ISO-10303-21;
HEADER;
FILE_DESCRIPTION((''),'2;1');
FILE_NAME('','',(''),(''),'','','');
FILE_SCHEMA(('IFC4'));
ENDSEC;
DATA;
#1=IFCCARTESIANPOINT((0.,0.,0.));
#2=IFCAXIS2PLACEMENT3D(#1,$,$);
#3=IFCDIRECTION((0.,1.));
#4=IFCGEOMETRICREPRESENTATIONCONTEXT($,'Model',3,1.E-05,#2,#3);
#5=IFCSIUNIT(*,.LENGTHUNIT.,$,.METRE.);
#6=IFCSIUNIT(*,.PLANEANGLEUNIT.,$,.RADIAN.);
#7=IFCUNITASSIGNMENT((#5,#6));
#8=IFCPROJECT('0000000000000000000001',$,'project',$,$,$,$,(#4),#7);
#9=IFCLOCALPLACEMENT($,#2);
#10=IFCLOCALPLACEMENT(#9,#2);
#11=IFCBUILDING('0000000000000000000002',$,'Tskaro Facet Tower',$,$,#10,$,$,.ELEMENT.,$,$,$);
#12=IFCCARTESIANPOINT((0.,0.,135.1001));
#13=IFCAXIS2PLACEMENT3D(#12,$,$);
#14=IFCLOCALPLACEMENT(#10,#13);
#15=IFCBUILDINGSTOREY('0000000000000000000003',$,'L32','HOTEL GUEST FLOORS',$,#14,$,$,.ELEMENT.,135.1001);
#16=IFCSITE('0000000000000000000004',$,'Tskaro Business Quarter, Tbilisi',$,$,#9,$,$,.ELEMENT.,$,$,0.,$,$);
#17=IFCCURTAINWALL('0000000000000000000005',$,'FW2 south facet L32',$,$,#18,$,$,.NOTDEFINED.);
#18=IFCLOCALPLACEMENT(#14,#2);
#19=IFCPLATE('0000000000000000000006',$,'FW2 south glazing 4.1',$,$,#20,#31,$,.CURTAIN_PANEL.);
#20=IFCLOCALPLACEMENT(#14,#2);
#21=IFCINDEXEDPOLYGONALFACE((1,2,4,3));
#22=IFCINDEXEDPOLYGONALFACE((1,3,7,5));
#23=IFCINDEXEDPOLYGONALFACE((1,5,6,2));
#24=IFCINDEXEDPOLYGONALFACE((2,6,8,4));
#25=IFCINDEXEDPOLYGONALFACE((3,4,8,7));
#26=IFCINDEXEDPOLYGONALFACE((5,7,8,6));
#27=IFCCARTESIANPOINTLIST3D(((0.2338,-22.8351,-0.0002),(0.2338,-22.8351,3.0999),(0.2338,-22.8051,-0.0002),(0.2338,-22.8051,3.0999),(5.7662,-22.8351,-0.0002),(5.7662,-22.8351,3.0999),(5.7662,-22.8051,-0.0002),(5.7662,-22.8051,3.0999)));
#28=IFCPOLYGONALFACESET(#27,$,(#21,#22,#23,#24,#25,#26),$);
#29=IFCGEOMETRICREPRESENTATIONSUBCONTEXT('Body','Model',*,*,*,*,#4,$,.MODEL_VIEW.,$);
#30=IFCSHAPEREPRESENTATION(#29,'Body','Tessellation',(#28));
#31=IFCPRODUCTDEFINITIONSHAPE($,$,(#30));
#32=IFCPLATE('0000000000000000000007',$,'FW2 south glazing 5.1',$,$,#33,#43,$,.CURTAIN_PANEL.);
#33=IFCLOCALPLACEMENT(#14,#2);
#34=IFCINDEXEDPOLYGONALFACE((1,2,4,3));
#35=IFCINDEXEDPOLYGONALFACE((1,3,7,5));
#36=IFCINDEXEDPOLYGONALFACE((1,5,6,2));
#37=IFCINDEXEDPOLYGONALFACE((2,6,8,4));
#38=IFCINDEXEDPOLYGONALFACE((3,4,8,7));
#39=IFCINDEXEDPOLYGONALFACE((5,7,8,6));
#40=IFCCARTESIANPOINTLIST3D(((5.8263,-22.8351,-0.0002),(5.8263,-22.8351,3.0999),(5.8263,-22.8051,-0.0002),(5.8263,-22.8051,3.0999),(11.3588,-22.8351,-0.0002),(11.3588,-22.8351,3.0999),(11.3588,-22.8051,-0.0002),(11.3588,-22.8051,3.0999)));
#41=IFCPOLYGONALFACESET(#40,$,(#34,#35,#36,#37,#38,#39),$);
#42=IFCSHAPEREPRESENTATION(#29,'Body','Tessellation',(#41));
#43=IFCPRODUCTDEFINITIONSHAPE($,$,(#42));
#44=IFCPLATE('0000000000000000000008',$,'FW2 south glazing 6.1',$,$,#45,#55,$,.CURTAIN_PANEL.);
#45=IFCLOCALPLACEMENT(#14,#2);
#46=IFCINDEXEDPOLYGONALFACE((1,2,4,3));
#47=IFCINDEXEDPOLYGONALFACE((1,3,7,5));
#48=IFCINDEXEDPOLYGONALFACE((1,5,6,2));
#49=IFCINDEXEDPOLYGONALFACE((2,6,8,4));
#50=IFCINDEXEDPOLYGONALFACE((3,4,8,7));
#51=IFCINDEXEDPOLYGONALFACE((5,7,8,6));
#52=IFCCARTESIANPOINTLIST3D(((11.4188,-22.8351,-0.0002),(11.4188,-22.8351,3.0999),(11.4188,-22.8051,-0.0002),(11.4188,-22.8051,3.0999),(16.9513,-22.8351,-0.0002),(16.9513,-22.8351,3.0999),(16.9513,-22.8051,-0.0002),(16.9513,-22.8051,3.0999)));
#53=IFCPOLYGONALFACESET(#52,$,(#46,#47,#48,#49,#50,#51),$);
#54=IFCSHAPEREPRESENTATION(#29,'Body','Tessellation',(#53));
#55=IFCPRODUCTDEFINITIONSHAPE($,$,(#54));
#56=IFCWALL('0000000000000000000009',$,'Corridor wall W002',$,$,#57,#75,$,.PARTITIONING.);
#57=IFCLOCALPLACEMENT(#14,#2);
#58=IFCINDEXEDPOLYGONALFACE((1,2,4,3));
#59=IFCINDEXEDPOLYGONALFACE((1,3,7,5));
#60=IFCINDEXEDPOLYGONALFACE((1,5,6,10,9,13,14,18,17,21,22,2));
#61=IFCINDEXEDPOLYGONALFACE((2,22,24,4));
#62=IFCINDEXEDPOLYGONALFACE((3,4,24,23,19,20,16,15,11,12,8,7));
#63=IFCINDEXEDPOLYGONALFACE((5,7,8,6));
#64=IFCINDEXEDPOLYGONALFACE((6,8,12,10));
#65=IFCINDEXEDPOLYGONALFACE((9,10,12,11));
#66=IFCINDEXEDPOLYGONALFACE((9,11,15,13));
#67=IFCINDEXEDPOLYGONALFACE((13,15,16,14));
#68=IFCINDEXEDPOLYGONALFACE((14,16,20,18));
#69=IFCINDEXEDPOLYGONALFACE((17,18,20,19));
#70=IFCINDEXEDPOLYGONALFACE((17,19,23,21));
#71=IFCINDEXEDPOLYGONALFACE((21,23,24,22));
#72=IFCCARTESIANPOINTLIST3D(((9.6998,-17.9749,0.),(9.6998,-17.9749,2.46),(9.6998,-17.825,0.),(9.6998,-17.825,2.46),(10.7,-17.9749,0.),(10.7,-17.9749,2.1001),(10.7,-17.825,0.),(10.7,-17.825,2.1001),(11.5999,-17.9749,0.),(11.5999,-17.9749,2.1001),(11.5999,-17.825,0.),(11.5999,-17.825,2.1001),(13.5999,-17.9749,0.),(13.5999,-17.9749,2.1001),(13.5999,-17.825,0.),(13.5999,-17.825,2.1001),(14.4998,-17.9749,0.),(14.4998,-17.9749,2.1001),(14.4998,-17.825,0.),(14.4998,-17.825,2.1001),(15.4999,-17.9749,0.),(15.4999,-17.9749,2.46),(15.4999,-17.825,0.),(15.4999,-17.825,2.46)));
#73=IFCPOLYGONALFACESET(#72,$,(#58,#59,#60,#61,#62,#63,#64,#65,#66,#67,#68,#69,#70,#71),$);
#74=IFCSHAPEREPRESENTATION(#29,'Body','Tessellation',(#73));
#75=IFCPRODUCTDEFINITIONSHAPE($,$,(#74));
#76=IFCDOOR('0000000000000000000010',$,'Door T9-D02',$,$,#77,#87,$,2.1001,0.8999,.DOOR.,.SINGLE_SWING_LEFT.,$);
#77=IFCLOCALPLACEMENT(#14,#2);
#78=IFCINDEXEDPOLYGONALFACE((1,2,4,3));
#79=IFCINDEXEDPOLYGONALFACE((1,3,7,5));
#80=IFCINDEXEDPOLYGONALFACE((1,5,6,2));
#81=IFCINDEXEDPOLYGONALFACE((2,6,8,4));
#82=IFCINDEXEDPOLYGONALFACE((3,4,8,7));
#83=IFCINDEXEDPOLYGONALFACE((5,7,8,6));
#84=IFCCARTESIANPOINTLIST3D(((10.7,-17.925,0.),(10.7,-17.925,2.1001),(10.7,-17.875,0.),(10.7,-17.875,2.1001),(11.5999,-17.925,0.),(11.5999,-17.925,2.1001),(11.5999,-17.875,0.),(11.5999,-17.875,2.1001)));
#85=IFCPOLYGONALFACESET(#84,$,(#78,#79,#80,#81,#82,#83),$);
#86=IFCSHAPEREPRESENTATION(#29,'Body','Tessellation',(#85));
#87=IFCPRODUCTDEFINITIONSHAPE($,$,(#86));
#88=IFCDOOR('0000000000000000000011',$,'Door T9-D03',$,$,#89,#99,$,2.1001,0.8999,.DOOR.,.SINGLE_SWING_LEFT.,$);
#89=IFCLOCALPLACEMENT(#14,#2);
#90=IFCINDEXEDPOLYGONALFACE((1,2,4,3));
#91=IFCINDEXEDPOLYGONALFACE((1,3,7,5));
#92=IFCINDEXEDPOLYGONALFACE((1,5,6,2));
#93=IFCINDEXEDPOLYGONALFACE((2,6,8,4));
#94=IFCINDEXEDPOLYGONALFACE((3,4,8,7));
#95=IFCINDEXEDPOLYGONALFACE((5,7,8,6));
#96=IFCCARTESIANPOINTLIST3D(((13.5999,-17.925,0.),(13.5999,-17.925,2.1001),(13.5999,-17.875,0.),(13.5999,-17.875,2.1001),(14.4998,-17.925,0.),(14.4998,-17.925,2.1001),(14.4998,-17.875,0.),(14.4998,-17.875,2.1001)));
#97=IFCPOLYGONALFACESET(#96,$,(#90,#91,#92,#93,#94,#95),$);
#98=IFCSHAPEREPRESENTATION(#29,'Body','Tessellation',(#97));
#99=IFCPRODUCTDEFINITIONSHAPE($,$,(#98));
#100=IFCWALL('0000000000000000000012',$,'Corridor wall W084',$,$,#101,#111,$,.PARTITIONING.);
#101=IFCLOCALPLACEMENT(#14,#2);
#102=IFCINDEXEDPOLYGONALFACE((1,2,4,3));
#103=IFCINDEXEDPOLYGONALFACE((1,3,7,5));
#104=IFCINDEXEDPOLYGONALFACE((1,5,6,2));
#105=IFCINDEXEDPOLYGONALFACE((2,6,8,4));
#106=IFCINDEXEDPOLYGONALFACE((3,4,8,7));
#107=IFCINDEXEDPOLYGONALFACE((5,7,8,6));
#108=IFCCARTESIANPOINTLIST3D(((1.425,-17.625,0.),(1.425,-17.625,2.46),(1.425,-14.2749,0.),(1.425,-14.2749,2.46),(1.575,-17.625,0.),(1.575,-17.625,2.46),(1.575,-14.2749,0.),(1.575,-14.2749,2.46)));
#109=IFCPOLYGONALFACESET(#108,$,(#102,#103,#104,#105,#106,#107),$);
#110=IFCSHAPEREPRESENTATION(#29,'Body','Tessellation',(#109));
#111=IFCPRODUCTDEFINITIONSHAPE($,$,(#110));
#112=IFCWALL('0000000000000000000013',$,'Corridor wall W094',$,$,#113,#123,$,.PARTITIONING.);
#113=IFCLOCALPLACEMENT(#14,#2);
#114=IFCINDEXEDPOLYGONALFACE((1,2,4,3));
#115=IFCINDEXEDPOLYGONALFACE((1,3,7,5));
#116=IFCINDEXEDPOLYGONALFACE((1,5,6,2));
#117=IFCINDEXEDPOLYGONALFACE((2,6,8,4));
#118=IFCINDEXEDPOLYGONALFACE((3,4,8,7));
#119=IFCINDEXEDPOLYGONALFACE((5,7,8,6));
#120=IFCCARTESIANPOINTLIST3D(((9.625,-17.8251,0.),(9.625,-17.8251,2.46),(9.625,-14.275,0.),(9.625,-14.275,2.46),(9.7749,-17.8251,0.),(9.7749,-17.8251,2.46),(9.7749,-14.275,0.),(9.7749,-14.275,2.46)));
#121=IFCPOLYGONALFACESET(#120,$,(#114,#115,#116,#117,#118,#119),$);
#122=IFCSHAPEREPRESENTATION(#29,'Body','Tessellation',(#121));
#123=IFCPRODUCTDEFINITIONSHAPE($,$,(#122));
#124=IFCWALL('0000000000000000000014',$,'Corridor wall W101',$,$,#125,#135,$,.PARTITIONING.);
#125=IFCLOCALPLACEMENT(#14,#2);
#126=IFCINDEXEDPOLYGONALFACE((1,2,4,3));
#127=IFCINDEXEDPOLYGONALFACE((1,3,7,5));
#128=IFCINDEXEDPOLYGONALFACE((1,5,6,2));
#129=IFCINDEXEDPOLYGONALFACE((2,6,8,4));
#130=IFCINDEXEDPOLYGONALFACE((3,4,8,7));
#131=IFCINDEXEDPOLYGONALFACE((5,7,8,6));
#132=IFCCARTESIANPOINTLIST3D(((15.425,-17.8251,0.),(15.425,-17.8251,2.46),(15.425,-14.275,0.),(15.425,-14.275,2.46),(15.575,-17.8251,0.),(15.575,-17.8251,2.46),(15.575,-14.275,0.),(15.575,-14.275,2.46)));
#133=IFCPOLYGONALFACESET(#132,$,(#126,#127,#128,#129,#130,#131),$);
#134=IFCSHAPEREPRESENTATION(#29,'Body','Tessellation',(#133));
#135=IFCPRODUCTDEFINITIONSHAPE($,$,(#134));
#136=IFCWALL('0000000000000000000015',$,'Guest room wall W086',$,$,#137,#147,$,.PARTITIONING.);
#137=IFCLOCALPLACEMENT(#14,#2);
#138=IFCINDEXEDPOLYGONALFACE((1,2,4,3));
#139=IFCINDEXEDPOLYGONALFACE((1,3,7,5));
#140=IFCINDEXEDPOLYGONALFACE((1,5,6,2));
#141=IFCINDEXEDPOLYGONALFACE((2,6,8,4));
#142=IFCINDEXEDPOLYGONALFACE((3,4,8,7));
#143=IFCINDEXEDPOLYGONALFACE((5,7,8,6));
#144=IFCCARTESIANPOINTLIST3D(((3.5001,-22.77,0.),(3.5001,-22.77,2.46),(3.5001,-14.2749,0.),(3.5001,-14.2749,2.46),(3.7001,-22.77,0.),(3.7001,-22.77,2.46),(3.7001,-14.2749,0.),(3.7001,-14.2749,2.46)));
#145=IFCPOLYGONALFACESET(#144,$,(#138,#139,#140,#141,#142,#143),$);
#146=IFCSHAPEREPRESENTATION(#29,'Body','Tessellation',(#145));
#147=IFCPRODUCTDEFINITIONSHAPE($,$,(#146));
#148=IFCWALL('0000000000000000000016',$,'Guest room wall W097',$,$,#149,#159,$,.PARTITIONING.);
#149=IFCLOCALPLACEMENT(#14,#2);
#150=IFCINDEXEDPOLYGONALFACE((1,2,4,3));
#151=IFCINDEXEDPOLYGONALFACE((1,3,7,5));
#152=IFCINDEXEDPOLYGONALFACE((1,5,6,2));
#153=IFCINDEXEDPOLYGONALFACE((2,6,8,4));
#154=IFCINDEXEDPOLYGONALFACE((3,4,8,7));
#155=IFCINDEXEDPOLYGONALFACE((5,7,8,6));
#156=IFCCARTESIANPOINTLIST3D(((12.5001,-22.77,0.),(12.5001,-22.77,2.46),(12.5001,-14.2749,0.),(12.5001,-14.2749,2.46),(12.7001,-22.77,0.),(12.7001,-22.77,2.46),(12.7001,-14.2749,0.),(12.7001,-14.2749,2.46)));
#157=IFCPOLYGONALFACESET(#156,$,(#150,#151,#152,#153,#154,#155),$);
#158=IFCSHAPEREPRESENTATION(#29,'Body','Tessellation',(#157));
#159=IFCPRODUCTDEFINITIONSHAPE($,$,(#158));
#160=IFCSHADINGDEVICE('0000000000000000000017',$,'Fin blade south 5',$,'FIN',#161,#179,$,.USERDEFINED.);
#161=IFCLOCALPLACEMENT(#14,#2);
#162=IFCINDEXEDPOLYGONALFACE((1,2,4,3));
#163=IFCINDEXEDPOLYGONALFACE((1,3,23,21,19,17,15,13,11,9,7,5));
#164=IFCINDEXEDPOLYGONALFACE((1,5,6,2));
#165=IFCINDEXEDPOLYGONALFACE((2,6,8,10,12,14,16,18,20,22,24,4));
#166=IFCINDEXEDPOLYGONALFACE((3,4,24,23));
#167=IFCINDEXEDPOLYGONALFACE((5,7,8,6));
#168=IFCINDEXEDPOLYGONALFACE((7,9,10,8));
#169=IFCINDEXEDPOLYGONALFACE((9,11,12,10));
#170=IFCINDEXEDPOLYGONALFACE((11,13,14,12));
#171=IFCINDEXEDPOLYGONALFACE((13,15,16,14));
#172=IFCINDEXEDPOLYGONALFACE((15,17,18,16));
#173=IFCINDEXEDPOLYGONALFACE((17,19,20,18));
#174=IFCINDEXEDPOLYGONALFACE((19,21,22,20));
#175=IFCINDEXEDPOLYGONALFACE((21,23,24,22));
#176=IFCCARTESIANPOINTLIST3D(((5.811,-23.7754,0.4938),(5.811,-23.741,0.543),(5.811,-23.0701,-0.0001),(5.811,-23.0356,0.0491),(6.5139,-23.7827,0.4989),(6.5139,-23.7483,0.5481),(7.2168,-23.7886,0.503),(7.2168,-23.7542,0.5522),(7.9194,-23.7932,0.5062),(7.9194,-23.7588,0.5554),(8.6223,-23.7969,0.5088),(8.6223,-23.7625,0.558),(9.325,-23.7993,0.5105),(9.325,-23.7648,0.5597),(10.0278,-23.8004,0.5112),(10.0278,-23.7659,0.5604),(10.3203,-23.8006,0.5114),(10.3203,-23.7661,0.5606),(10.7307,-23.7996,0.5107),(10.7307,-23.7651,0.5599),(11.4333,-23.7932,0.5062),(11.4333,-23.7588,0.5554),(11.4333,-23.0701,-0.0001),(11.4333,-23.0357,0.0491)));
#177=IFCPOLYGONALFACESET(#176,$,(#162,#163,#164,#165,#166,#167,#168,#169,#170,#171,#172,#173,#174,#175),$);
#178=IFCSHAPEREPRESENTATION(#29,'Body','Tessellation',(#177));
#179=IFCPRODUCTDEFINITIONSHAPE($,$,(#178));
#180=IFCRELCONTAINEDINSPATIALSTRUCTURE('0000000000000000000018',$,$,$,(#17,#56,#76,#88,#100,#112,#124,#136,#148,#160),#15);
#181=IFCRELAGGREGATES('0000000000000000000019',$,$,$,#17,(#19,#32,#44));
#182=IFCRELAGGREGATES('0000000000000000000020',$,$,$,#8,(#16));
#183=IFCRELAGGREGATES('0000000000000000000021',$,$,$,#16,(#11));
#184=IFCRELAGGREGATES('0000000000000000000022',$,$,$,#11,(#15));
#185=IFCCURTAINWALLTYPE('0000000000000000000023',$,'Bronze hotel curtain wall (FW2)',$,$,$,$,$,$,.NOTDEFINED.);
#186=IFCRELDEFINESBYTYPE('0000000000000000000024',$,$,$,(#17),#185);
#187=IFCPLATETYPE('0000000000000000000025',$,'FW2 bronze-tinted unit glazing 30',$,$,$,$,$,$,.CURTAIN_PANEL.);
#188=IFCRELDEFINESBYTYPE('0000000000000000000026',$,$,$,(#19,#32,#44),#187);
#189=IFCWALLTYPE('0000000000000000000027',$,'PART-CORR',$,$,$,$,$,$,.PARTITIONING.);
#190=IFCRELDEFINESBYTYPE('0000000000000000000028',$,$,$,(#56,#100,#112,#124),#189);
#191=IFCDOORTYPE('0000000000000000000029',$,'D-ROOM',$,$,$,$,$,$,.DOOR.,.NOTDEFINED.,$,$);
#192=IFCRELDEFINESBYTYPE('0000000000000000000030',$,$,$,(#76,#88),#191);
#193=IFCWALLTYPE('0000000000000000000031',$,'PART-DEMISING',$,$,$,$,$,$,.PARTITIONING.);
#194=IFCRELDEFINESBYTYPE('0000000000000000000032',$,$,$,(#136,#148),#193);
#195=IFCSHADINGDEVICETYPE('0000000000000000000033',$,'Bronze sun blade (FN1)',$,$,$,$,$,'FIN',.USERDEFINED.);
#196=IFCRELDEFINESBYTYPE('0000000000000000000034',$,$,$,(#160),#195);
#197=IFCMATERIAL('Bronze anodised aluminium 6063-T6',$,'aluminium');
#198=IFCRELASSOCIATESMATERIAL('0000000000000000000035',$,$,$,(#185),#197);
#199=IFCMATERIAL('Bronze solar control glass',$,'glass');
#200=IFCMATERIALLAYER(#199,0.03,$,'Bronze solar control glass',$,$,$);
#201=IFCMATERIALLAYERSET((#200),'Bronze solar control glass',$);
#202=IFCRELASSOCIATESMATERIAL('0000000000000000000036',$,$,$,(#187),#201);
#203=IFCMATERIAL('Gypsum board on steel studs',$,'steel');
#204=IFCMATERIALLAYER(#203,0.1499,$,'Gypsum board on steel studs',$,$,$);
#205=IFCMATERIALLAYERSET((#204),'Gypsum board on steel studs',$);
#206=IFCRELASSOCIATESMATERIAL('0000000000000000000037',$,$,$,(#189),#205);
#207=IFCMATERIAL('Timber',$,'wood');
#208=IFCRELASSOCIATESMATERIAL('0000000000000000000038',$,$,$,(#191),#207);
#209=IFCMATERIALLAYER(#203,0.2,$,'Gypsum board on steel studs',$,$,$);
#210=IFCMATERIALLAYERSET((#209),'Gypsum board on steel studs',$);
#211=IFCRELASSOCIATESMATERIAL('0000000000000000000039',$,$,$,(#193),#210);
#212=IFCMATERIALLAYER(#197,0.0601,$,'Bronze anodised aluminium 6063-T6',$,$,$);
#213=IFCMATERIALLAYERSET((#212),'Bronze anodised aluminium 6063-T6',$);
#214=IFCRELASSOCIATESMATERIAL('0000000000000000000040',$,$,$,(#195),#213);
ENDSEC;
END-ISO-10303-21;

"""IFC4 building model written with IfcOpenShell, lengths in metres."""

from ifc_helpers import new_model, si_unit, direction, frame, frame_2d, origin, origin_2d, place, context, subcontext, project, spatial, polyline, rectangle, outline, extrude, material, layer, layer_set, type_object, element, fill, aggregate, save


model = new_model("IFC4")

# Units and contexts
model_context = context("Model", 3, precision=1e-05, world=origin(), true_north=direction((0.0, 1.0)))
body_context = subcontext(model_context, "Body", "Model", "MODEL_VIEW")
ifc_project = project(units=[si_unit("LENGTHUNIT", "METRE"), si_unit("PLANEANGLEUNIT", "RADIAN")], contexts=[model_context])

# Site, building, storey
site_placement = place(None, origin())
site = spatial("IfcSite", under=ifc_project, at=site_placement, Name="Tskaro Business Quarter, Tbilisi", CompositionType="ELEMENT", RefElevation=0.0)
building_placement = place(site_placement, origin())
building = spatial("IfcBuilding", under=site, at=building_placement, Name="Tskaro Facet Tower", CompositionType="ELEMENT")
storey_placement = place(building_placement, frame((0.0, 0.0, 135.1001)))
storey = spatial("IfcBuildingStorey", under=building, at=storey_placement, Name="L32", Description="HOTEL GUEST FLOORS", CompositionType="ELEMENT", Elevation=135.1001)

# Curtain wall
ifc_material_1 = material(Name="Bronze anodised aluminium 6063-T6", Category="aluminium")
curtain_wall_type = type_object("IfcCurtainWallType", Name="Bronze hotel curtain wall (FW2)", PredefinedType="NOTDEFINED", material=ifc_material_1)
curtain_wall_placement = place(storey_placement, origin())
curtain_wall = element("IfcCurtainWall", 1, at=curtain_wall_placement, inside=storey, type_object=curtain_wall_type, Name="FW2 south facet L32", PredefinedType="NOTDEFINED")

# Plates
ifc_material_2 = material(Name="Bronze solar control glass", Category="glass")
ifc_layer_1 = layer(ifc_material_2, 0.03, Name="Bronze solar control glass")
ifc_layer_set_1 = layer_set([ifc_layer_1], Name="Bronze solar control glass")
plate_type = type_object("IfcPlateType", Name="FW2 bronze-tinted unit glazing 30", PredefinedType="CURTAIN_PANEL", material=ifc_layer_set_1)
plate_1_placement = place(storey_placement, frame((3.0, -22.8201, -0.0002), z_axis=(0.0, 0.0, 1.0), x_axis=(1.0, 0.0, 0.0)))
plate_1 = element("IfcPlate", 2, at=plate_1_placement, type_object=plate_type, Name="FW2 south glazing 4.1", PredefinedType="CURTAIN_PANEL", context=body_context, shape_type="SweptSolid", body=[
    extrude(rectangle(XDim=5.5325, YDim=0.03, at=origin_2d()), origin(), (0.0, 0.0, 1.0), 3.1001),
])
plate_2_placement = place(storey_placement, frame((8.5925, -22.8201, -0.0002), z_axis=(0.0, 0.0, 1.0), x_axis=(1.0, 0.0, 0.0)))
plate_2 = element("IfcPlate", 3, at=plate_2_placement, type_object=plate_type, Name="FW2 south glazing 5.1", PredefinedType="CURTAIN_PANEL", context=body_context, shape_type="SweptSolid", body=[
    extrude(rectangle(XDim=5.5325, YDim=0.03, at=origin_2d()), origin(), (0.0, 0.0, 1.0), 3.1001),
])
plate_3_placement = place(storey_placement, frame((14.1851, -22.8201, -0.0002), z_axis=(0.0, 0.0, 1.0), x_axis=(1.0, 0.0, 0.0)))
plate_3 = element("IfcPlate", 4, at=plate_3_placement, type_object=plate_type, Name="FW2 south glazing 6.1", PredefinedType="CURTAIN_PANEL", context=body_context, shape_type="SweptSolid", body=[
    extrude(rectangle(XDim=5.5325, YDim=0.03, at=origin_2d()), origin(), (0.0, 0.0, 1.0), 3.1001),
])
aggregate(curtain_wall, [plate_1, plate_2, plate_3])

# Wall, openings, doors
ifc_material_3 = material(Name="Gypsum board on steel studs", Category="steel")
ifc_layer_2 = layer(ifc_material_3, 0.1499, Name="Gypsum board on steel studs")
ifc_layer_set_2 = layer_set([ifc_layer_2], Name="Gypsum board on steel studs")
wall_type_1 = type_object("IfcWallType", Name="PART-CORR", PredefinedType="PARTITIONING", material=ifc_layer_set_2)
wall_1_placement = place(storey_placement, frame((9.7, -17.8999, 0.0), z_axis=(0.0, 0.0, 1.0), x_axis=(1.0, 0.0, 0.0)))
wall_1 = element("IfcWall", 5, at=wall_1_placement, inside=storey, type_object=wall_type_1, Name="Corridor wall W002", PredefinedType="PARTITIONING", context=body_context, shape_type="SweptSolid", body=[
    extrude(rectangle(XDim=5.8, YDim=0.1499, at=frame_2d((2.8999, 0.0))), origin(), (0.0, 0.0, 1.0), 2.46),
])
opening_1_placement = place(wall_1_placement, frame((1.0, 0.0, 0.0)))
opening_1 = element("IfcOpeningElement", 6, at=opening_1_placement, cuts=wall_1, PredefinedType="OPENING", context=body_context, shape_type="SweptSolid", body=[
    extrude(rectangle(XDim=0.8999, YDim=2.1001, at=frame_2d((0.45, 1.05))), frame((0.0, 0.085, 0.0), z_axis=(0.0, -1.0, 0.0), x_axis=(1.0, 0.0, 0.0)), (0.0, 0.0, 1.0), 0.1699),
])
opening_2_placement = place(wall_1_placement, frame((3.8999, 0.0, 0.0)))
opening_2 = element("IfcOpeningElement", 7, at=opening_2_placement, cuts=wall_1, PredefinedType="OPENING", context=body_context, shape_type="SweptSolid", body=[
    extrude(rectangle(XDim=0.8999, YDim=2.1001, at=frame_2d((0.45, 1.05))), frame((0.0, 0.085, 0.0), z_axis=(0.0, -1.0, 0.0), x_axis=(1.0, 0.0, 0.0)), (0.0, 0.0, 1.0), 0.1699),
])
ifc_material_4 = material(Name="Timber", Category="wood")
door_type = type_object("IfcDoorType", Name="D-ROOM", OperationType="NOTDEFINED", PredefinedType="DOOR", material=ifc_material_4)
door_1_placement = place(opening_1_placement, origin())
door_1 = element("IfcDoor", 8, at=door_1_placement, inside=storey, type_object=door_type, Name="Door T9-D02", OperationType="SINGLE_SWING_LEFT", OverallHeight=2.1001, OverallWidth=0.8999, PredefinedType="DOOR", context=body_context, shape_type="SweptSolid", body=[
    extrude(rectangle(XDim=0.8999, YDim=2.1001, at=frame_2d((0.45, 1.05))), frame((0.0, 0.0249, 0.0), z_axis=(0.0, -1.0, 0.0), x_axis=(1.0, 0.0, 0.0)), (0.0, 0.0, 1.0), 0.05),
])
fill(opening_1, door_1)
door_2_placement = place(opening_2_placement, origin())
door_2 = element("IfcDoor", 9, at=door_2_placement, inside=storey, type_object=door_type, Name="Door T9-D03", OperationType="SINGLE_SWING_LEFT", OverallHeight=2.1001, OverallWidth=0.8999, PredefinedType="DOOR", context=body_context, shape_type="SweptSolid", body=[
    extrude(rectangle(XDim=0.8999, YDim=2.1001, at=frame_2d((0.45, 1.05))), frame((0.0, 0.0249, 0.0), z_axis=(0.0, -1.0, 0.0), x_axis=(1.0, 0.0, 0.0)), (0.0, 0.0, 1.0), 0.05),
])
fill(opening_2, door_2)

# Walls
wall_2_placement = place(storey_placement, frame((1.5, -17.625, 0.0), z_axis=(0.0, 0.0, 1.0), x_axis=(0.0, 1.0, 0.0)))
element("IfcWall", 10, at=wall_2_placement, inside=storey, type_object=wall_type_1, Name="Corridor wall W084", PredefinedType="PARTITIONING", context=body_context, shape_type="SweptSolid", body=[
    extrude(rectangle(XDim=3.3501, YDim=0.1499, at=frame_2d((1.675, 0.0))), origin(), (0.0, 0.0, 1.0), 2.46),
])
for number, where, z_axis, x_axis, name in (
    (11, (9.7, -17.825, 0.0), (0.0, 0.0, 1.0), (0.0, 1.0, 0.0), "Corridor wall W094"),
    (12, (15.5, -17.825, 0.0), (0.0, 0.0, 1.0), (0.0, 1.0, 0.0), "Corridor wall W101"),
):
    element("IfcWall", number, at=place(storey_placement, frame(where, z_axis=z_axis, x_axis=x_axis)), inside=storey, type_object=wall_type_1, Name=name, PredefinedType="PARTITIONING", context=body_context, shape_type="SweptSolid", body=[
        extrude(rectangle(XDim=3.55, YDim=0.1499, at=frame_2d((1.7749, 0.0))), origin(), (0.0, 0.0, 1.0), 2.46),
    ])
ifc_layer_3 = layer(ifc_material_3, 0.2, Name="Gypsum board on steel studs")
ifc_layer_set_3 = layer_set([ifc_layer_3], Name="Gypsum board on steel studs")
wall_type_2 = type_object("IfcWallType", Name="PART-DEMISING", PredefinedType="PARTITIONING", material=ifc_layer_set_3)
for number, where, z_axis, x_axis, name in (
    (13, (3.6001, -22.77, 0.0), (0.0, 0.0, 1.0), (0.0, 1.0, 0.0), "Guest room wall W086"),
    (14, (12.6001, -22.77, 0.0), (0.0, 0.0, 1.0), (0.0, 1.0, 0.0), "Guest room wall W097"),
):
    element("IfcWall", number, at=place(storey_placement, frame(where, z_axis=z_axis, x_axis=x_axis)), inside=storey, type_object=wall_type_2, Name=name, PredefinedType="PARTITIONING", context=body_context, shape_type="SweptSolid", body=[
        extrude(rectangle(XDim=8.4951, YDim=0.2, at=frame_2d((4.2476, 0.0))), origin(), (0.0, 0.0, 1.0), 2.46),
    ])

# Shading device
ifc_layer_4 = layer(ifc_material_1, 0.0601, Name="Bronze anodised aluminium 6063-T6")
ifc_layer_set_4 = layer_set([ifc_layer_4], Name="Bronze anodised aluminium 6063-T6")
shading_device_type = type_object("IfcShadingDeviceType", Name="Bronze sun blade (FN1)", ElementType="FIN", PredefinedType="USERDEFINED", material=ifc_layer_set_4)
shading_device_1_placement = place(storey_placement, frame((5.811, -23.0356, 0.0491), z_axis=(0.000002, 0.573592, 0.819141), x_axis=(1.0, -0.000001, -0.000002)))
element("IfcShadingDevice", 15, at=shading_device_1_placement, inside=storey, type_object=shading_device_type, Name="Fin blade south 5", ObjectType="FIN", PredefinedType="USERDEFINED", context=body_context, shape_type="SweptSolid", body=[
    extrude(outline(polyline([(0.0, 0.0), (5.6223, 0.0), (5.6223, -0.8828), (4.9197, -0.8905), (4.5093, -0.8917), (4.2168, -0.8915), (3.5139, -0.8902), (2.8113, -0.8873), (2.1084, -0.8828), (1.4058, -0.8772), (0.7029, -0.87), (0.0, -0.8611), (0.0, 0.0)])), origin(), (0.0, 0.0, -1.0), 0.0601),
])

save(model, "model.ifc")
